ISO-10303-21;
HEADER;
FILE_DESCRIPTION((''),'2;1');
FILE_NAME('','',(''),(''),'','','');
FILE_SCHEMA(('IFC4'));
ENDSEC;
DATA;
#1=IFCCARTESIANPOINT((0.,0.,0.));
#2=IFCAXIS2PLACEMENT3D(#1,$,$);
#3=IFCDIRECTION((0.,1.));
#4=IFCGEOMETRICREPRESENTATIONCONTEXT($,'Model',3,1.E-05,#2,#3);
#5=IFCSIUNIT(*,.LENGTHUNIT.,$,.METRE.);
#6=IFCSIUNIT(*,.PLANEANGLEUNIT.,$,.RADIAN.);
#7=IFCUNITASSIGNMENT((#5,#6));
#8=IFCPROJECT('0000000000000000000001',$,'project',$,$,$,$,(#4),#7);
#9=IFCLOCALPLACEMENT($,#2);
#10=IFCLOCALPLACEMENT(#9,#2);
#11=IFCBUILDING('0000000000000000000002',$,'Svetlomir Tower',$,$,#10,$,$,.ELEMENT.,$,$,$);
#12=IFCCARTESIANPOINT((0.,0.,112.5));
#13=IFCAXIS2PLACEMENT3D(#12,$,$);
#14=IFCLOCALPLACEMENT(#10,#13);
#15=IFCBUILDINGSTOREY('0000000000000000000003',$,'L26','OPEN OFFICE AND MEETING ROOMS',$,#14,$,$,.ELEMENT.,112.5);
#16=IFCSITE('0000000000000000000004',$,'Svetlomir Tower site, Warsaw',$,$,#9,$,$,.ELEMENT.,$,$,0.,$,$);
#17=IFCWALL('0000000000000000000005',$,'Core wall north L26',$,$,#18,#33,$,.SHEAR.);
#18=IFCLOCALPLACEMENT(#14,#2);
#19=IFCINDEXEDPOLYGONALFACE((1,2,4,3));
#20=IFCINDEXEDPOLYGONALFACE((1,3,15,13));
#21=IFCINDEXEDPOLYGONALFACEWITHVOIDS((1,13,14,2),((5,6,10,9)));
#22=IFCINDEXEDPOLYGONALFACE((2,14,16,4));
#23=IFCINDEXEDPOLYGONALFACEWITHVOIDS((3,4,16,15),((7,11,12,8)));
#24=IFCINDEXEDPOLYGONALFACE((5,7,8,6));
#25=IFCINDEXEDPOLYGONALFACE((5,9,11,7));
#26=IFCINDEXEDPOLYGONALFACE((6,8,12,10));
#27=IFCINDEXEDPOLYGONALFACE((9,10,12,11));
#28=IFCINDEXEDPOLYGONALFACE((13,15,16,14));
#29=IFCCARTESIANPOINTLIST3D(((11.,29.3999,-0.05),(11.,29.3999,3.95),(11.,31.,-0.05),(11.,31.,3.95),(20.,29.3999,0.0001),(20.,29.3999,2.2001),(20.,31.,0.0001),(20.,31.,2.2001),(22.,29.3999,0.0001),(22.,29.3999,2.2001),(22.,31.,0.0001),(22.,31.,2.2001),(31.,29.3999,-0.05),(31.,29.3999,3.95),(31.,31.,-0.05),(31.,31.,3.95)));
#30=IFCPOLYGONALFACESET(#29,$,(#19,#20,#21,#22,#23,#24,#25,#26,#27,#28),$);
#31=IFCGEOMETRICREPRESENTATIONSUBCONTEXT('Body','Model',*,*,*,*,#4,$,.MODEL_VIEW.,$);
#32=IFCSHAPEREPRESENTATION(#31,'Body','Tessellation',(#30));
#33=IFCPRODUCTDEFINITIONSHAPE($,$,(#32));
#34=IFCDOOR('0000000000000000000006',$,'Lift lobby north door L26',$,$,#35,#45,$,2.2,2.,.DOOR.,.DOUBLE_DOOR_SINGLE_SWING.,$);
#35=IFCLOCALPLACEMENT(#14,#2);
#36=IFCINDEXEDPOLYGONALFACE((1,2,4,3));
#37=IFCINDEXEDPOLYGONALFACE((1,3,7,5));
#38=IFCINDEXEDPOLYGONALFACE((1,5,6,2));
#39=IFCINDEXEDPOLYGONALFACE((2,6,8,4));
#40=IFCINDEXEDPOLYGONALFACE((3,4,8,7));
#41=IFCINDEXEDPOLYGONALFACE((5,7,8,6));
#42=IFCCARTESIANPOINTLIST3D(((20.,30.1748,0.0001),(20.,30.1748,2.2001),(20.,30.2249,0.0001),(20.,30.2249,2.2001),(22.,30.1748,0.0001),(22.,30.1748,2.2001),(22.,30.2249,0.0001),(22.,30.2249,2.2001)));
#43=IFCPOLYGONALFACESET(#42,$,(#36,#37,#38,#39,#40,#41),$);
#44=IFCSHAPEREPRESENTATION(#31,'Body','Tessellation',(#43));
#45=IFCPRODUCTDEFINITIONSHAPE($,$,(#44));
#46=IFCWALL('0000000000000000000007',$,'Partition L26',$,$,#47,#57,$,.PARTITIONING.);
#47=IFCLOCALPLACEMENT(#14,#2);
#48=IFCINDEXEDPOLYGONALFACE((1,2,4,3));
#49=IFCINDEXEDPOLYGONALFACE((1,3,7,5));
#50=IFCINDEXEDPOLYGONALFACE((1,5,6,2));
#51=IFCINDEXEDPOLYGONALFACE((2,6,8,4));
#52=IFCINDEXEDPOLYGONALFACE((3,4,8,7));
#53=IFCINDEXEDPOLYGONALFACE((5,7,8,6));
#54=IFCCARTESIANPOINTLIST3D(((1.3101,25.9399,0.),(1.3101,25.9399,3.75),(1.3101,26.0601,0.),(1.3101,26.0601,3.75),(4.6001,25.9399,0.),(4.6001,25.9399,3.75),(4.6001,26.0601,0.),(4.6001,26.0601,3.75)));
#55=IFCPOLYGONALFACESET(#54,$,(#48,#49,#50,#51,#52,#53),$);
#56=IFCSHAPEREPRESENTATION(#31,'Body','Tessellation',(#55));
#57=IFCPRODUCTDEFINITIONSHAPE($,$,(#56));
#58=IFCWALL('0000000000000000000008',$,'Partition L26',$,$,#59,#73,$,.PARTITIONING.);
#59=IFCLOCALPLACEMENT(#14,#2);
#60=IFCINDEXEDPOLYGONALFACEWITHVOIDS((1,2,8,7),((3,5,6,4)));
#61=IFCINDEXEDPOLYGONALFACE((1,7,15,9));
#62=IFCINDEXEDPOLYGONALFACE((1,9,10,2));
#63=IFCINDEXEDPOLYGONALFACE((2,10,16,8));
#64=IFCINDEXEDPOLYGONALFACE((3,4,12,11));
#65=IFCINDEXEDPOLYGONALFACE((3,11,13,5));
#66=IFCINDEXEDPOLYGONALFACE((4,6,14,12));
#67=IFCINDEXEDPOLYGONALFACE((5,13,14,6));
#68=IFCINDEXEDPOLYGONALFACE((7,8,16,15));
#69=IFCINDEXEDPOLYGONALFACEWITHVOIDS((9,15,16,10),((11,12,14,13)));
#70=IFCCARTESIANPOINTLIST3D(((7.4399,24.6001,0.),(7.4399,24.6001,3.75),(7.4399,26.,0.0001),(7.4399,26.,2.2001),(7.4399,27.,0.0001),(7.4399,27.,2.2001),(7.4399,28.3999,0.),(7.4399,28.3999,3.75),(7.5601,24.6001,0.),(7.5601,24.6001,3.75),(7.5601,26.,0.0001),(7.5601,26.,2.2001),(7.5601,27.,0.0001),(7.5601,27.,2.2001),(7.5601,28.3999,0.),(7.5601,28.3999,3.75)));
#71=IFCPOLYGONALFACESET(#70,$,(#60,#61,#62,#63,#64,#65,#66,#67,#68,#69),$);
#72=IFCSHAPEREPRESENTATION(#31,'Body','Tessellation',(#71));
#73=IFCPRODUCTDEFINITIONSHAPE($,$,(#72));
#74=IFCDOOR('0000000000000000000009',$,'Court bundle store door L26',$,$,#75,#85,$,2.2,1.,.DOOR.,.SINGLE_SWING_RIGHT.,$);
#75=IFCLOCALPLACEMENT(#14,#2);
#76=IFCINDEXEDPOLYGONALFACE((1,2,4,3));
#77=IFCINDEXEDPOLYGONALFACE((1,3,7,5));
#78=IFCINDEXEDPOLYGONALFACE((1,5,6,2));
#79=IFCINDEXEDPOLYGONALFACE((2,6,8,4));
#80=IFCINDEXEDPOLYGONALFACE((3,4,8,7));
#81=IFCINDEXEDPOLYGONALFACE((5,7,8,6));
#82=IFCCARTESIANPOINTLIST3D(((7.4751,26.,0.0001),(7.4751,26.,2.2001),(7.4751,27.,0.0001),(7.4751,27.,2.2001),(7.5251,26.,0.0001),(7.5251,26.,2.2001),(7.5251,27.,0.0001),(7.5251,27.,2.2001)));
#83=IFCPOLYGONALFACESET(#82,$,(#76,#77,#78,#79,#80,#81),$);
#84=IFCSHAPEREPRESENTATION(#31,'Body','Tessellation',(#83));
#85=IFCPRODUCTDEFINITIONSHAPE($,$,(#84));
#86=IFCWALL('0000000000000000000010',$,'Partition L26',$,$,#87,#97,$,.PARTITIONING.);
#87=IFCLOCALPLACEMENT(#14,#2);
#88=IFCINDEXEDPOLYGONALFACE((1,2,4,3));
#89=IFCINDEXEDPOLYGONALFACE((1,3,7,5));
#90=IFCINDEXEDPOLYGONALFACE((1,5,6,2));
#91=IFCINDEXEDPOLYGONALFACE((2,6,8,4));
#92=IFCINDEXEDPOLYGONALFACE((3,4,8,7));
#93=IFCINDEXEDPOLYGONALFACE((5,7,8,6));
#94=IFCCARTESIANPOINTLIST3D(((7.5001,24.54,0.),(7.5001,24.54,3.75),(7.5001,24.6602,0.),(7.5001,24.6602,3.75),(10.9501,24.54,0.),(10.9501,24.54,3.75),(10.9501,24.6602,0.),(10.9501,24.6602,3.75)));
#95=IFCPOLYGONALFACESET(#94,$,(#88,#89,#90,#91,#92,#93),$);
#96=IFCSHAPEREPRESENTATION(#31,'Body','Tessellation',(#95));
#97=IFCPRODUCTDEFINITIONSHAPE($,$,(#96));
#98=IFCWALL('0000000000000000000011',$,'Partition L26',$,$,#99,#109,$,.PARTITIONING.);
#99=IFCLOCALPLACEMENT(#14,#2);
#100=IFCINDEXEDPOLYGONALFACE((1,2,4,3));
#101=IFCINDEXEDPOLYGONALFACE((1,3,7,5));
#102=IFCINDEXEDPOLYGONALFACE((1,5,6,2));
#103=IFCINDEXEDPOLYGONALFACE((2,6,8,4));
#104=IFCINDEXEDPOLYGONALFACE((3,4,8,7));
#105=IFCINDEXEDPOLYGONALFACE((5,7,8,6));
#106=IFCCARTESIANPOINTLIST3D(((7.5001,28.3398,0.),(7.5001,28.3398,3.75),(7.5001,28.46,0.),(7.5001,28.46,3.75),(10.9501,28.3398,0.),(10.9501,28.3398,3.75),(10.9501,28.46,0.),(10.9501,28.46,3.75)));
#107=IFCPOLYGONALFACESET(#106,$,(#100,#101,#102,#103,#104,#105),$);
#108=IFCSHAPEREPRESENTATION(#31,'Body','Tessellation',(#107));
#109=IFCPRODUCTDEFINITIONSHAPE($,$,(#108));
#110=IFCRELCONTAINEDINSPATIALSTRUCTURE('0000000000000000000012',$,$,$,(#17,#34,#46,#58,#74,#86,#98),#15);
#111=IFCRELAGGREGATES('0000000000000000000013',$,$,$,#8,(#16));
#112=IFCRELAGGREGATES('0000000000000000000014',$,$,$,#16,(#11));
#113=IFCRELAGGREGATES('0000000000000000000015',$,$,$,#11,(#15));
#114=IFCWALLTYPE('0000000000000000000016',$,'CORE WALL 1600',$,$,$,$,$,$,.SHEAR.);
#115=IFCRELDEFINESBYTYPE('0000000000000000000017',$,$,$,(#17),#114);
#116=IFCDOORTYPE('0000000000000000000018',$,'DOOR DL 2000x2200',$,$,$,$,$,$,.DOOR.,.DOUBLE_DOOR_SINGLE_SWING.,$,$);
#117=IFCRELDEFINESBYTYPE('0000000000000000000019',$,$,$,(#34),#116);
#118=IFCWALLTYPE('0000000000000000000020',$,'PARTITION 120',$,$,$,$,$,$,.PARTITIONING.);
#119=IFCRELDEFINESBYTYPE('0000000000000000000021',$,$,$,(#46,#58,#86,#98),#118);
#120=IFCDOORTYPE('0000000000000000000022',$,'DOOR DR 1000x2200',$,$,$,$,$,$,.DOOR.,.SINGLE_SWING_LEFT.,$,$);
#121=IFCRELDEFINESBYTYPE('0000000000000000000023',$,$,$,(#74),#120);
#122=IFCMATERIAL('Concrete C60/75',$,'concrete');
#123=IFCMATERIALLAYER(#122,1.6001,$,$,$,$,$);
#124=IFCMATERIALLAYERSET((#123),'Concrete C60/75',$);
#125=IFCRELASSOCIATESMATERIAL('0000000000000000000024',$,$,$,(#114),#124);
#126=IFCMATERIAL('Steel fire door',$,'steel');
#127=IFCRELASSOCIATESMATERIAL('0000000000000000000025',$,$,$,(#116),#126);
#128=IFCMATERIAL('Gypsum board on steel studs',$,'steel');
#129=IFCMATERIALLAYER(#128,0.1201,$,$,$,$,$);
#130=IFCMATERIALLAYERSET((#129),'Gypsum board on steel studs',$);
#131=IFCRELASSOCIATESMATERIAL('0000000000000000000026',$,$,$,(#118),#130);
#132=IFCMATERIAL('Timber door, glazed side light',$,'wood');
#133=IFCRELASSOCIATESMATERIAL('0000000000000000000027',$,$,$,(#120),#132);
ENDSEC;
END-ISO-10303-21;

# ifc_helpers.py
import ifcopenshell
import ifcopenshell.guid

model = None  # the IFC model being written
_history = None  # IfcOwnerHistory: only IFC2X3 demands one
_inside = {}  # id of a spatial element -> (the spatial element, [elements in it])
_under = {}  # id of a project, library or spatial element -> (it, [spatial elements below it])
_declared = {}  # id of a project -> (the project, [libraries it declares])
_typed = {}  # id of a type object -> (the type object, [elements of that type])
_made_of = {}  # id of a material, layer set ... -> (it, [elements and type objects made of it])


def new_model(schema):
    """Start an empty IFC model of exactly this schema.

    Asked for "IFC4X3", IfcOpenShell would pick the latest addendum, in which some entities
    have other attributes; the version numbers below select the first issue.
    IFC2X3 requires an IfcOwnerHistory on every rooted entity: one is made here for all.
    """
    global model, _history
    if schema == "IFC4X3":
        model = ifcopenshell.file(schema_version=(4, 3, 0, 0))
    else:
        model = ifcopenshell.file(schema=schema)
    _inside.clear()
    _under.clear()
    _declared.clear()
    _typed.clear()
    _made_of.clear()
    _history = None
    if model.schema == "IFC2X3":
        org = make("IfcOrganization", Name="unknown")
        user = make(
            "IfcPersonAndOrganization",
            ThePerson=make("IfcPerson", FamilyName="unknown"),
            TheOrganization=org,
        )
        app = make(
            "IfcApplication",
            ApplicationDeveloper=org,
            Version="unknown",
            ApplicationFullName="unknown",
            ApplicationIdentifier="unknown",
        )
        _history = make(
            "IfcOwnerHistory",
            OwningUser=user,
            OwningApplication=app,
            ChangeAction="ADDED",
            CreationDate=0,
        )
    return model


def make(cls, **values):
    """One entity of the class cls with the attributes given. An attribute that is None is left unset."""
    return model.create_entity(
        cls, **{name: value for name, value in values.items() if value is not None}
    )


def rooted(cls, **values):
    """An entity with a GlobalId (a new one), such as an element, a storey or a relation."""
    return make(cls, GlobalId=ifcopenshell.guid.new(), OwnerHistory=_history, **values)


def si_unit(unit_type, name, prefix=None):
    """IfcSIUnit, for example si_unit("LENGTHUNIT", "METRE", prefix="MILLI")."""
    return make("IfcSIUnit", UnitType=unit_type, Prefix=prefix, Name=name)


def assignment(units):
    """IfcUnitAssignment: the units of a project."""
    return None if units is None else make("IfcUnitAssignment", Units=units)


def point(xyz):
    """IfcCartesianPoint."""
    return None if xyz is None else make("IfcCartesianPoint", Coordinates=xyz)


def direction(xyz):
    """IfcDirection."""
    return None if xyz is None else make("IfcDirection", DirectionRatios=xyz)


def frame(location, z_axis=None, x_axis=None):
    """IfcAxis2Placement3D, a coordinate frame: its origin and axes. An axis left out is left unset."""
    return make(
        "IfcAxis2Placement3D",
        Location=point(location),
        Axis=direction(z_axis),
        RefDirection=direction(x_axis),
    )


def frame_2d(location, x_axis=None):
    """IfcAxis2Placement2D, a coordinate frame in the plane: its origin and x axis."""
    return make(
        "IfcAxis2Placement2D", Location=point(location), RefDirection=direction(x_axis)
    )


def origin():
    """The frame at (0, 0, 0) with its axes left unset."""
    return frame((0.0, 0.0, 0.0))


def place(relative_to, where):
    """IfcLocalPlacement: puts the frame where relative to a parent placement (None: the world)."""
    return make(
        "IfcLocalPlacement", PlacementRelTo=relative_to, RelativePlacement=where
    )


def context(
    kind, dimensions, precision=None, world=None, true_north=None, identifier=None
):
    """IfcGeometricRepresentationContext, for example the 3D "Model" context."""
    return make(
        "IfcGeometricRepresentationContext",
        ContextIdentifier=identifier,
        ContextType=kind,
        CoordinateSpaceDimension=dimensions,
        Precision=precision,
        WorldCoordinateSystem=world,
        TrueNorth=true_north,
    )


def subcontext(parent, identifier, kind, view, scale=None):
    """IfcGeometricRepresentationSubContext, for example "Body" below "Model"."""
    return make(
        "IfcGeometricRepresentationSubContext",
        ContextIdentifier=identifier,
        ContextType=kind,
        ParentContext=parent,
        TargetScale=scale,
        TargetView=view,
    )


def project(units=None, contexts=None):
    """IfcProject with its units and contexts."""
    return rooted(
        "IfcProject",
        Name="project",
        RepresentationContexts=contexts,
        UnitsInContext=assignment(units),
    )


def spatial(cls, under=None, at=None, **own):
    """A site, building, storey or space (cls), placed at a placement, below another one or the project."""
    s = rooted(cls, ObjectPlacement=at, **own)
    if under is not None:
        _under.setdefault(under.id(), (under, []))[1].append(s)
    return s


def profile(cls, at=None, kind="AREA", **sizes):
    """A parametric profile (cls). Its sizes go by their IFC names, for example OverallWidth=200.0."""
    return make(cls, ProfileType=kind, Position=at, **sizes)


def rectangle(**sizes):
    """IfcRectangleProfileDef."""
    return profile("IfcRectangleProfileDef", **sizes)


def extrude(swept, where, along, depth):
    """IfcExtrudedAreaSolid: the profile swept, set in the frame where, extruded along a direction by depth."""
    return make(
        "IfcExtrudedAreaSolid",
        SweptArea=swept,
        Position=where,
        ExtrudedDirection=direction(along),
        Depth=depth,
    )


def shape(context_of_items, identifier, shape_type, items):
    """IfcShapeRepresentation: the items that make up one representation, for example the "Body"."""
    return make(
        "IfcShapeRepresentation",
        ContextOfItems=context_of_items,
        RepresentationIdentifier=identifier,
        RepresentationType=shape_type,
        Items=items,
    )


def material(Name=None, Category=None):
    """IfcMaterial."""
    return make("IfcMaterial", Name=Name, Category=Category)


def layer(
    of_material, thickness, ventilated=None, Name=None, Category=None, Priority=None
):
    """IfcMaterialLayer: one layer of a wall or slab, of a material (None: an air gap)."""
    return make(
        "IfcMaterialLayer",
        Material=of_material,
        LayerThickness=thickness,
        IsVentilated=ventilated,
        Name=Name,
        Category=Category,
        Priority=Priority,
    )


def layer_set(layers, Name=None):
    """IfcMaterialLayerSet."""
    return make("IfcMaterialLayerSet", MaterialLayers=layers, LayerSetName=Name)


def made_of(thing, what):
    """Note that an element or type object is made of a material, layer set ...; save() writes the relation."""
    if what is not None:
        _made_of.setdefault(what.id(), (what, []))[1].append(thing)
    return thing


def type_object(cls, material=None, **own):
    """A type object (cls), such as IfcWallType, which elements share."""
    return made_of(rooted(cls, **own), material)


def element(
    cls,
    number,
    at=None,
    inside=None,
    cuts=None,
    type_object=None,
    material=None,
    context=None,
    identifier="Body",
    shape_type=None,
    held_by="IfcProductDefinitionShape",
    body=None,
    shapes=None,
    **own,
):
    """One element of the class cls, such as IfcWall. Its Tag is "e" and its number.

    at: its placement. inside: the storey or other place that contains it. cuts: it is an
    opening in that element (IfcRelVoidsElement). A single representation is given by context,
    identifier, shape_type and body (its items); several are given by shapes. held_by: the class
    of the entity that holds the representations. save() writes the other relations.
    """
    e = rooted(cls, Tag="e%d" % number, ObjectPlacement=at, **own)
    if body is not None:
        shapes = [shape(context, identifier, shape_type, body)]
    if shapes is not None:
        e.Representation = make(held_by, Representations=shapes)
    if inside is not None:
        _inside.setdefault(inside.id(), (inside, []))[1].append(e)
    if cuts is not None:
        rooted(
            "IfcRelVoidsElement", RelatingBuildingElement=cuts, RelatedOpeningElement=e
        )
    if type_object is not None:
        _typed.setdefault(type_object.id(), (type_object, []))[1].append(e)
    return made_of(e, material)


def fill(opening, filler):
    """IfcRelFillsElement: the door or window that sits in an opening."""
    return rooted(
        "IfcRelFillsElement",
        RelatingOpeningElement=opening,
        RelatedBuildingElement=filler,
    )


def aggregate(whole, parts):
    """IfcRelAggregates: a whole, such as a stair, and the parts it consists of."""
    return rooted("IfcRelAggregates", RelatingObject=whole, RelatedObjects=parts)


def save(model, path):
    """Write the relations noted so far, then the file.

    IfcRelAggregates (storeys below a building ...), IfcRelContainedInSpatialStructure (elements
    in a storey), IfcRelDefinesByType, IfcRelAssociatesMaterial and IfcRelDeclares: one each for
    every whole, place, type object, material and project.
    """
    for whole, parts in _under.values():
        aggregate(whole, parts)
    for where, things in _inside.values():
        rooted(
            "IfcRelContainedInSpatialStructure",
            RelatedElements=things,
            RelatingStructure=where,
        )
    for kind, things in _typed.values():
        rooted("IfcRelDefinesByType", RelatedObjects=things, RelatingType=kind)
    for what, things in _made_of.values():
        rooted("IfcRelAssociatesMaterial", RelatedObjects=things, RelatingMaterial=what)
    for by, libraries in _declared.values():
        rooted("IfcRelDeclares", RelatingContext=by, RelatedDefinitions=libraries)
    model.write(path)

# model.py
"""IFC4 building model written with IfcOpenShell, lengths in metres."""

from ifc_helpers import new_model, si_unit, direction, frame, frame_2d, origin, place, context, subcontext, project, spatial, rectangle, extrude, material, layer, layer_set, type_object, element, fill, save


model = new_model("IFC4")

# Units and contexts
model_context = context("Model", 3, precision=1e-05, world=origin(), true_north=direction((0.0, 1.0)))
body_context = subcontext(model_context, "Body", "Model", "MODEL_VIEW")
ifc_project = project(units=[si_unit("LENGTHUNIT", "METRE"), si_unit("PLANEANGLEUNIT", "RADIAN")], contexts=[model_context])

# Site, building, storey
site_placement = place(None, origin())
site = spatial("IfcSite", under=ifc_project, at=site_placement, Name="Svetlomir Tower site, Warsaw", CompositionType="ELEMENT", RefElevation=0.0)
building_placement = place(site_placement, origin())
building = spatial("IfcBuilding", under=site, at=building_placement, Name="Svetlomir Tower", CompositionType="ELEMENT")
storey_placement = place(building_placement, frame((0.0, 0.0, 112.5)))
storey = spatial("IfcBuildingStorey", under=building, at=storey_placement, Name="L26", Description="OPEN OFFICE AND MEETING ROOMS", CompositionType="ELEMENT", Elevation=112.5)

# Wall, opening, door
ifc_material_1 = material(Name="Concrete C60/75", Category="concrete")
ifc_layer_1 = layer(ifc_material_1, 1.6001)
ifc_layer_set_1 = layer_set([ifc_layer_1], Name="Concrete C60/75")
wall_type_1 = type_object("IfcWallType", Name="CORE WALL 1600", PredefinedType="SHEAR", material=ifc_layer_set_1)
wall_1_placement = place(storey_placement, frame((11.0, 30.2, -0.05), z_axis=(0.0, 0.0, 1.0), x_axis=(1.0, 0.0, 0.0)))
wall_1 = element("IfcWall", 1, at=wall_1_placement, inside=storey, type_object=wall_type_1, Name="Core wall north L26", PredefinedType="SHEAR", context=body_context, shape_type="SweptSolid", body=[
    extrude(rectangle(XDim=20.0, YDim=1.6001, at=frame_2d((10.0, 0.0))), origin(), (0.0, 0.0, 1.0), 4.0),
])
opening_1_placement = place(wall_1_placement, frame((9.0, 0.0, 0.05)))
opening_1 = element("IfcOpeningElement", 2, at=opening_1_placement, cuts=wall_1, PredefinedType="OPENING", context=body_context, shape_type="SweptSolid", body=[
    extrude(rectangle(XDim=2.0, YDim=2.2, at=frame_2d((1.0, 1.1001))), frame((0.0, 0.8101, 0.0), z_axis=(0.0, -1.0, 0.0), x_axis=(1.0, 0.0, 0.0)), (0.0, 0.0, 1.0), 1.6201),
])
ifc_material_2 = material(Name="Steel fire door", Category="steel")
door_type_1 = type_object("IfcDoorType", Name="DOOR DL 2000x2200", OperationType="DOUBLE_DOOR_SINGLE_SWING", PredefinedType="DOOR", material=ifc_material_2)
door_1_placement = place(opening_1_placement, origin())
door_1 = element("IfcDoor", 3, at=door_1_placement, inside=storey, type_object=door_type_1, Name="Lift lobby north door L26", OperationType="DOUBLE_DOOR_SINGLE_SWING", OverallHeight=2.2, OverallWidth=2.0, PredefinedType="DOOR", context=body_context, shape_type="SweptSolid", body=[
    extrude(rectangle(XDim=2.0, YDim=2.2, at=frame_2d((1.0, 1.1001))), frame((0.0, 0.0249, 0.0), z_axis=(0.0, -1.0, 0.0), x_axis=(1.0, 0.0, 0.0)), (0.0, 0.0, 1.0), 0.05),
])
fill(opening_1, door_1)

# Wall
ifc_material_3 = material(Name="Gypsum board on steel studs", Category="steel")
ifc_layer_2 = layer(ifc_material_3, 0.1201)
ifc_layer_set_2 = layer_set([ifc_layer_2], Name="Gypsum board on steel studs")
wall_type_2 = type_object("IfcWallType", Name="PARTITION 120", PredefinedType="PARTITIONING", material=ifc_layer_set_2)
wall_2_placement = place(storey_placement, frame((1.3101, 26.0, 0.0), z_axis=(0.0, 0.0, 1.0), x_axis=(1.0, 0.0, 0.0)))
element("IfcWall", 4, at=wall_2_placement, inside=storey, type_object=wall_type_2, Name="Partition L26", PredefinedType="PARTITIONING", context=body_context, shape_type="SweptSolid", body=[
    extrude(rectangle(XDim=3.29, YDim=0.1201, at=frame_2d((1.645, 0.0))), origin(), (0.0, 0.0, 1.0), 3.75),
])

# Wall, opening, door
wall_3_placement = place(storey_placement, frame((7.5, 24.6001, 0.0), z_axis=(0.0, 0.0, 1.0), x_axis=(0.0, 1.0, 0.0)))
wall_3 = element("IfcWall", 5, at=wall_3_placement, inside=storey, type_object=wall_type_2, Name="Partition L26", PredefinedType="PARTITIONING", context=body_context, shape_type="SweptSolid", body=[
    extrude(rectangle(XDim=3.7998, YDim=0.1201, at=frame_2d((1.8999, 0.0))), origin(), (0.0, 0.0, 1.0), 3.75),
])
opening_2_placement = place(wall_3_placement, frame((1.3999, 0.0, 0.0)))
opening_2 = element("IfcOpeningElement", 6, at=opening_2_placement, cuts=wall_3, PredefinedType="OPENING", context=body_context, shape_type="SweptSolid", body=[
    extrude(rectangle(XDim=1.0, YDim=2.2, at=frame_2d((0.5, 1.1001))), frame((0.0, 0.0701, 0.0), z_axis=(0.0, -1.0, 0.0), x_axis=(1.0, 0.0, 0.0)), (0.0, 0.0, 1.0), 0.1401),
])
ifc_material_4 = material(Name="Timber door, glazed side light", Category="wood")
door_type_2 = type_object("IfcDoorType", Name="DOOR DR 1000x2200", OperationType="SINGLE_SWING_LEFT", PredefinedType="DOOR", material=ifc_material_4)
door_2_placement = place(opening_2_placement, origin())
door_2 = element("IfcDoor", 7, at=door_2_placement, inside=storey, type_object=door_type_2, Name="Court bundle store door L26", OperationType="SINGLE_SWING_RIGHT", OverallHeight=2.2, OverallWidth=1.0, PredefinedType="DOOR", context=body_context, shape_type="SweptSolid", body=[
    extrude(rectangle(XDim=1.0, YDim=2.2, at=frame_2d((0.5, 1.1001))), frame((0.0, 0.0249, 0.0), z_axis=(0.0, -1.0, 0.0), x_axis=(1.0, 0.0, 0.0)), (0.0, 0.0, 1.0), 0.05),
])
fill(opening_2, door_2)

# Walls
for number, where, z_axis, x_axis, name in (
    (8, (7.5, 24.6001, 0.0), (0.0, 0.0, 1.0), (1.0, 0.0, 0.0), "Partition L26"),
    (9, (7.5, 28.3999, 0.0), (0.0, 0.0, 1.0), (1.0, 0.0, 0.0), "Partition L26"),
):
    element("IfcWall", number, at=place(storey_placement, frame(where, z_axis=z_axis, x_axis=x_axis)), inside=storey, type_object=wall_type_2, Name=name, PredefinedType="PARTITIONING", context=body_context, shape_type="SweptSolid", body=[
        extrude(rectangle(XDim=3.45, YDim=0.1201, at=frame_2d((1.7251, 0.0))), origin(), (0.0, 0.0, 1.0), 3.75),
    ])

save(model, "model.ifc")
